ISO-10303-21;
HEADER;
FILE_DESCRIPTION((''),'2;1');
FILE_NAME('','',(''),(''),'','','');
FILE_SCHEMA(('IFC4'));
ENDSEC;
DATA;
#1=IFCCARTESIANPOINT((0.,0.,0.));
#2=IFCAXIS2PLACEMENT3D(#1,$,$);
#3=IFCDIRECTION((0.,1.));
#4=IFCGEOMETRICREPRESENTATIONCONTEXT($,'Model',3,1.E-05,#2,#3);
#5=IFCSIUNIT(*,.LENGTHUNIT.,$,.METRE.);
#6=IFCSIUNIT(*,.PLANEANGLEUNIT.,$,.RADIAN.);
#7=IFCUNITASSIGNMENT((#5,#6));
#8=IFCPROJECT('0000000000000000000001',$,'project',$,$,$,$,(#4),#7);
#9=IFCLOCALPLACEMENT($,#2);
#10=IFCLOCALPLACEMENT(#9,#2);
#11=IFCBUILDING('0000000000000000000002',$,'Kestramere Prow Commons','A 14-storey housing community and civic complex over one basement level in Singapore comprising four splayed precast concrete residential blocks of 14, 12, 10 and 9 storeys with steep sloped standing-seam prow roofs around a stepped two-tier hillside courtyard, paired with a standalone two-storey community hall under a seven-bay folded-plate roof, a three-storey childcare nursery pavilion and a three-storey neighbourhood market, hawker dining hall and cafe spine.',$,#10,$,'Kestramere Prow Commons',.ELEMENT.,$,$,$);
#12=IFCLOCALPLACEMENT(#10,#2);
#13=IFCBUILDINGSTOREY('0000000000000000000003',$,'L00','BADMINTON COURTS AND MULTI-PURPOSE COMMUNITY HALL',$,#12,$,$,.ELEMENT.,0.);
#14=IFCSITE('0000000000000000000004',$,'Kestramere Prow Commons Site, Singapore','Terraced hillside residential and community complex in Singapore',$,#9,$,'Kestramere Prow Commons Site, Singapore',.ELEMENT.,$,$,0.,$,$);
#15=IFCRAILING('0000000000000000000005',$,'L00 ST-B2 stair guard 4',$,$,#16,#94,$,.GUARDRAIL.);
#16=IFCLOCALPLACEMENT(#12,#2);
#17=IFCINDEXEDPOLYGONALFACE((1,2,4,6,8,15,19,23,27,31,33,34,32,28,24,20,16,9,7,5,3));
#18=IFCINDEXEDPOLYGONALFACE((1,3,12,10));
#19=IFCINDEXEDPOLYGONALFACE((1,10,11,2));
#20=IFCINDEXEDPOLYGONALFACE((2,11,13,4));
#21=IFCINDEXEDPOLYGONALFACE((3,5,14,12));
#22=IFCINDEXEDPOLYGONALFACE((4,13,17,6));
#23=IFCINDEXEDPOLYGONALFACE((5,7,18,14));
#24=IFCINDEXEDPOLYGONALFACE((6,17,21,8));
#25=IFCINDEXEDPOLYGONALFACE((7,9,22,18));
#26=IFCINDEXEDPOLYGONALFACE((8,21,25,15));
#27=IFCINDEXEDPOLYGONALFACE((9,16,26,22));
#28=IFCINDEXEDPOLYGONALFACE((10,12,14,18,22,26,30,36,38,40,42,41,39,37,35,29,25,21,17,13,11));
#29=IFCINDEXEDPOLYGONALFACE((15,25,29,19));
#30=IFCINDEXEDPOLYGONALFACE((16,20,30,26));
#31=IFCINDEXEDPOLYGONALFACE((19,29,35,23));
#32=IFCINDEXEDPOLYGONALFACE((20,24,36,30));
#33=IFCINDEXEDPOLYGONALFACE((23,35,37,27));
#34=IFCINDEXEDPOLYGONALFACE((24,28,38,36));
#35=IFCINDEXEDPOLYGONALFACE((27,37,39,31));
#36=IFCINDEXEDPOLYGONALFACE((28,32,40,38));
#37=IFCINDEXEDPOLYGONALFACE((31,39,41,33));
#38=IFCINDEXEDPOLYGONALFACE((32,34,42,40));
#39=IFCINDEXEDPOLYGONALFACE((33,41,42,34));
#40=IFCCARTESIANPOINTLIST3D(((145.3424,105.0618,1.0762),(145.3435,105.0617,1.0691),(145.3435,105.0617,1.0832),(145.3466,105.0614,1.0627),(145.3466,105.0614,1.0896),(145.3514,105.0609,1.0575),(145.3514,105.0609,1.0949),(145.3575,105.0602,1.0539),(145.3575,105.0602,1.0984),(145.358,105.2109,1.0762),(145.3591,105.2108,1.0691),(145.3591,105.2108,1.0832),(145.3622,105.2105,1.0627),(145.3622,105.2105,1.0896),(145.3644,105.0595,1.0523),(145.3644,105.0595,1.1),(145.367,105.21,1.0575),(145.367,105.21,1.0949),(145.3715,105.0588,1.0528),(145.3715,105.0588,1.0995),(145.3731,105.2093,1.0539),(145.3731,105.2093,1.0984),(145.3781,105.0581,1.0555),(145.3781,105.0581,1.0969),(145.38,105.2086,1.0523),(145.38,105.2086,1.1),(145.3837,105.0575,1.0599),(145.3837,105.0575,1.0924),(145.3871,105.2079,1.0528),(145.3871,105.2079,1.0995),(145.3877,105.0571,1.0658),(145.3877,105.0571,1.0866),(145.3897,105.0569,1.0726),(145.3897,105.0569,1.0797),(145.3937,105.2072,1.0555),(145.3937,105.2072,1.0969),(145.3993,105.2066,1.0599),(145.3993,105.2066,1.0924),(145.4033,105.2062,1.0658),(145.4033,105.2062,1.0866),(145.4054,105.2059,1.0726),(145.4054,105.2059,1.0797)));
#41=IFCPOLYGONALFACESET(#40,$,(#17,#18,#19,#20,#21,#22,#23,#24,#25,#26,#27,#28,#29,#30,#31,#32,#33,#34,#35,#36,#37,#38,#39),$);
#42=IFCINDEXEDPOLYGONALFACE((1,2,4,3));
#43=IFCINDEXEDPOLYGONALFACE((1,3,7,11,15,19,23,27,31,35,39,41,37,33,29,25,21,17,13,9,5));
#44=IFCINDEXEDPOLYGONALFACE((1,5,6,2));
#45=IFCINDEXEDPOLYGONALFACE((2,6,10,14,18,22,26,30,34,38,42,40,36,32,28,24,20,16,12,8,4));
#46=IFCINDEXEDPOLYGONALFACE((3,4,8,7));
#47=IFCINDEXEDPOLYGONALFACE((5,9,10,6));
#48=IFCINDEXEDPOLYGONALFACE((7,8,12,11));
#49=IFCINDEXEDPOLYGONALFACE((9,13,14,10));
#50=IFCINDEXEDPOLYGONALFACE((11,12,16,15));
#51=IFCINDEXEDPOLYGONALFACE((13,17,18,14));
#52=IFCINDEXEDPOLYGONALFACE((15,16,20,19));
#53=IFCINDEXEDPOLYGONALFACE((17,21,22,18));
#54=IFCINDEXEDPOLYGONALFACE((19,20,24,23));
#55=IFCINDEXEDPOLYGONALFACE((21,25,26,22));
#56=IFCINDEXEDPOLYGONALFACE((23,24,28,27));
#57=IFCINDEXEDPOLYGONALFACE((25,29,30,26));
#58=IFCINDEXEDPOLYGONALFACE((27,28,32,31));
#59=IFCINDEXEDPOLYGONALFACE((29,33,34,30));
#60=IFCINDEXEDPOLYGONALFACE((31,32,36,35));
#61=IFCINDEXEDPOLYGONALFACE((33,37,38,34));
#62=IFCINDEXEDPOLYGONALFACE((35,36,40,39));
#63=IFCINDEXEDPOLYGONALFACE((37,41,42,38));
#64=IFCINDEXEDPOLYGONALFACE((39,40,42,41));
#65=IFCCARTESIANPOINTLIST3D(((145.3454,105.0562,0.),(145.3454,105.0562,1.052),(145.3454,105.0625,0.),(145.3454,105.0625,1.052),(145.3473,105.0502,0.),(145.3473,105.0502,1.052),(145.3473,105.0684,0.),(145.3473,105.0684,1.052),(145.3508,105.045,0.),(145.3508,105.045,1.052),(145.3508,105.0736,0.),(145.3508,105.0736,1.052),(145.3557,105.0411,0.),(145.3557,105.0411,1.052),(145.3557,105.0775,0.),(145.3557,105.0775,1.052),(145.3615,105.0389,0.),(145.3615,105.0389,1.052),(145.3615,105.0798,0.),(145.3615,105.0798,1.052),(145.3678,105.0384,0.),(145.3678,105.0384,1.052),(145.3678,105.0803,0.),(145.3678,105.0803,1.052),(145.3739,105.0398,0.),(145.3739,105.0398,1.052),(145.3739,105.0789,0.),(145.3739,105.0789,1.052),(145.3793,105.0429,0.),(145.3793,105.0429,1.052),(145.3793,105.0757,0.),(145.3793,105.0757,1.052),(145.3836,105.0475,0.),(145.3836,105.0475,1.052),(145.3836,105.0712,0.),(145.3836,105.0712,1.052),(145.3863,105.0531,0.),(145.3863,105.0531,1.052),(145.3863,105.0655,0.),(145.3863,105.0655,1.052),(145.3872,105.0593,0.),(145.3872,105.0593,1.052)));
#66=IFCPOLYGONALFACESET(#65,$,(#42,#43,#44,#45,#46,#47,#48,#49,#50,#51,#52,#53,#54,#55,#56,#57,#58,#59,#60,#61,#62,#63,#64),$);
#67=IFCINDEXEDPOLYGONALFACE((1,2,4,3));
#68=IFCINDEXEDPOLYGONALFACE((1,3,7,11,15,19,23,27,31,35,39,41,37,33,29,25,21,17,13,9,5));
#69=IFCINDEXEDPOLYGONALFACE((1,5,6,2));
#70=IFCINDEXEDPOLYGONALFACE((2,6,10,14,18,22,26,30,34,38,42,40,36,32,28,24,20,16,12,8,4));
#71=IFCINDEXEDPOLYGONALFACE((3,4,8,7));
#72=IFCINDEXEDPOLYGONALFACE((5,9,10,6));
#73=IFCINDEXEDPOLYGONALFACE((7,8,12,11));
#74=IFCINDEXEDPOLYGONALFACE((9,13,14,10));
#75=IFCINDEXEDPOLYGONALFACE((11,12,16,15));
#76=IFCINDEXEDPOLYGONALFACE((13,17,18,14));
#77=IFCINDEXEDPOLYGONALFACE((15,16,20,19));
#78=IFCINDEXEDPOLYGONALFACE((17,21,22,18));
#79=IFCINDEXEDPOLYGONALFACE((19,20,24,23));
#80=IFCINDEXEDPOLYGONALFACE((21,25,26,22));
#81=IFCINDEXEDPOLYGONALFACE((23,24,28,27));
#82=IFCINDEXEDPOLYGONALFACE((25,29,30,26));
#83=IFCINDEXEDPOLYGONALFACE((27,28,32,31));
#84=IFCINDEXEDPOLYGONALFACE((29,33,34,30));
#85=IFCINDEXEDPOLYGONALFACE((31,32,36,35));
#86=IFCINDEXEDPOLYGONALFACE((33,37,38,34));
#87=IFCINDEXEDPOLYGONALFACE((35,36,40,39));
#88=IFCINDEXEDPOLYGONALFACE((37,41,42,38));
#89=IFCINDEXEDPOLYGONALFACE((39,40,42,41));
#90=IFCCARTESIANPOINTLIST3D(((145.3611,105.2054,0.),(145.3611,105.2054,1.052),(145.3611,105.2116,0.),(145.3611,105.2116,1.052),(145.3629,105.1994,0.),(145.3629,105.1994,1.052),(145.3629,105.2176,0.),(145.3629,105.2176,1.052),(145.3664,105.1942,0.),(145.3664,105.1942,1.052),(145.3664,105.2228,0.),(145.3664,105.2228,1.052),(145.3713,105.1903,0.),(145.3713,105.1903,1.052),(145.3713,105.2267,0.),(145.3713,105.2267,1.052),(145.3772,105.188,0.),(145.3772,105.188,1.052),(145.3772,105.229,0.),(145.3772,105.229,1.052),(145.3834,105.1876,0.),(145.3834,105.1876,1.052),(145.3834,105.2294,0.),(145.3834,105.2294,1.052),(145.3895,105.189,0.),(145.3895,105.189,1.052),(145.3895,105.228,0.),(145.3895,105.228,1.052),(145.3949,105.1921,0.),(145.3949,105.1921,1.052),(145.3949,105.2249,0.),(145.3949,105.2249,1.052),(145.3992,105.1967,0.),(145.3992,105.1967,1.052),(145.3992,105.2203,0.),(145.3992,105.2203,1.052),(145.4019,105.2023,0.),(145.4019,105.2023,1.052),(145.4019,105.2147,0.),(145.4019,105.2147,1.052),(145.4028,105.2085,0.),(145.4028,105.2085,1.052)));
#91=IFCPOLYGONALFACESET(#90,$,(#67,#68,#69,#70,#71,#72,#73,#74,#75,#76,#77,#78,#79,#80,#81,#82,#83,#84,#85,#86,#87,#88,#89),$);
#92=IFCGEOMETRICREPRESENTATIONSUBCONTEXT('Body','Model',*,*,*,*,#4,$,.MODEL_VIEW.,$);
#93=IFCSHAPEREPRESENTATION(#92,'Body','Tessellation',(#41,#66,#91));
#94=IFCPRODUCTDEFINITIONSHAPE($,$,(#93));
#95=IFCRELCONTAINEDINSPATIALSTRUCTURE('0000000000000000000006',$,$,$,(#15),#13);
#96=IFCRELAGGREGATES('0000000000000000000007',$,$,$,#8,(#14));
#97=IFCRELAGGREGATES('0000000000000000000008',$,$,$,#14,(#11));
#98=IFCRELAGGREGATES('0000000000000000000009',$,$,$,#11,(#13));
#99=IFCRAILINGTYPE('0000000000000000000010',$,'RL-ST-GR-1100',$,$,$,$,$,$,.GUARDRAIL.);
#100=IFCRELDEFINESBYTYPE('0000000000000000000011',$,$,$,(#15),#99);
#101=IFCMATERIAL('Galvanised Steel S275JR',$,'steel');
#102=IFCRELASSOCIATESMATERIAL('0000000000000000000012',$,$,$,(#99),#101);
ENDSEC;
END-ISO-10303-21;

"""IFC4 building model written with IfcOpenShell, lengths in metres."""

from ifc_helpers import new_model, si_unit, direction, frame, origin, origin_2d, place, context, subcontext, project, spatial, circle, extrude, material, type_object, element, save


model = new_model("IFC4")

# Units and contexts
model_context = context("Model", 3, precision=1e-05, world=origin(), true_north=direction((0.0, 1.0)))
body_context = subcontext(model_context, "Body", "Model", "MODEL_VIEW")
ifc_project = project(units=[si_unit("LENGTHUNIT", "METRE"), si_unit("PLANEANGLEUNIT", "RADIAN")], contexts=[model_context])

# Site, building, storey
site_placement = place(None, origin())
site = spatial("IfcSite", under=ifc_project, at=site_placement, Name="Kestramere Prow Commons Site, Singapore", Description="Terraced hillside residential and community complex in Singapore", LongName="Kestramere Prow Commons Site, Singapore", CompositionType="ELEMENT", RefElevation=0.0)
building_placement = place(site_placement, origin())
building = spatial("IfcBuilding", under=site, at=building_placement, Name="Kestramere Prow Commons", Description="A 14-storey housing community and civic complex over one basement level in Singapore comprising four splayed precast concrete residential blocks of 14, 12, 10 and 9 storeys with steep sloped standing-seam prow roofs around a stepped two-tier hillside courtyard, paired with a standalone two-storey community hall under a seven-bay folded-plate roof, a three-storey childcare nursery pavilion and a three-storey neighbourhood market, hawker dining hall and cafe spine.", LongName="Kestramere Prow Commons", CompositionType="ELEMENT")
storey_placement = place(building_placement, origin())
storey = spatial("IfcBuildingStorey", under=building, at=storey_placement, Name="L00", Description="BADMINTON COURTS AND MULTI-PURPOSE COMMUNITY HALL", CompositionType="ELEMENT", Elevation=0.0)

# Railing
ifc_material_1 = material(Name="Galvanised Steel S275JR", Category="steel")
railing_type_1 = type_object("IfcRailingType", Name="RL-ST-GR-1100", PredefinedType="GUARDRAIL", material=ifc_material_1)
railing_1_placement = place(storey_placement, frame((145.3662, 105.0593, 0.0)))
element("IfcRailing", 1, at=railing_1_placement, inside=storey, type_object=railing_type_1, Name="L00 ST-B2 stair guard 4", PredefinedType="GUARDRAIL", context=body_context, shape_type="SweptSolid", body=[
    extrude(circle(Radius=0.0239, at=origin_2d()), frame((0.0, 0.0, 1.0762), z_axis=(0.104176, 0.994559, 0.0), x_axis=(-0.994559, 0.104176, 0.0)), (0.0, 0.0, 1.0), 0.1499),
    extrude(circle(Radius=0.021, at=origin_2d()), origin(), (0.0, 0.0, 1.0), 1.052),
    extrude(circle(Radius=0.021, at=origin_2d()), frame((0.0156, 0.1492, 0.0)), (0.0, 0.0, 1.0), 1.052),
])

save(model, "model.ifc")
